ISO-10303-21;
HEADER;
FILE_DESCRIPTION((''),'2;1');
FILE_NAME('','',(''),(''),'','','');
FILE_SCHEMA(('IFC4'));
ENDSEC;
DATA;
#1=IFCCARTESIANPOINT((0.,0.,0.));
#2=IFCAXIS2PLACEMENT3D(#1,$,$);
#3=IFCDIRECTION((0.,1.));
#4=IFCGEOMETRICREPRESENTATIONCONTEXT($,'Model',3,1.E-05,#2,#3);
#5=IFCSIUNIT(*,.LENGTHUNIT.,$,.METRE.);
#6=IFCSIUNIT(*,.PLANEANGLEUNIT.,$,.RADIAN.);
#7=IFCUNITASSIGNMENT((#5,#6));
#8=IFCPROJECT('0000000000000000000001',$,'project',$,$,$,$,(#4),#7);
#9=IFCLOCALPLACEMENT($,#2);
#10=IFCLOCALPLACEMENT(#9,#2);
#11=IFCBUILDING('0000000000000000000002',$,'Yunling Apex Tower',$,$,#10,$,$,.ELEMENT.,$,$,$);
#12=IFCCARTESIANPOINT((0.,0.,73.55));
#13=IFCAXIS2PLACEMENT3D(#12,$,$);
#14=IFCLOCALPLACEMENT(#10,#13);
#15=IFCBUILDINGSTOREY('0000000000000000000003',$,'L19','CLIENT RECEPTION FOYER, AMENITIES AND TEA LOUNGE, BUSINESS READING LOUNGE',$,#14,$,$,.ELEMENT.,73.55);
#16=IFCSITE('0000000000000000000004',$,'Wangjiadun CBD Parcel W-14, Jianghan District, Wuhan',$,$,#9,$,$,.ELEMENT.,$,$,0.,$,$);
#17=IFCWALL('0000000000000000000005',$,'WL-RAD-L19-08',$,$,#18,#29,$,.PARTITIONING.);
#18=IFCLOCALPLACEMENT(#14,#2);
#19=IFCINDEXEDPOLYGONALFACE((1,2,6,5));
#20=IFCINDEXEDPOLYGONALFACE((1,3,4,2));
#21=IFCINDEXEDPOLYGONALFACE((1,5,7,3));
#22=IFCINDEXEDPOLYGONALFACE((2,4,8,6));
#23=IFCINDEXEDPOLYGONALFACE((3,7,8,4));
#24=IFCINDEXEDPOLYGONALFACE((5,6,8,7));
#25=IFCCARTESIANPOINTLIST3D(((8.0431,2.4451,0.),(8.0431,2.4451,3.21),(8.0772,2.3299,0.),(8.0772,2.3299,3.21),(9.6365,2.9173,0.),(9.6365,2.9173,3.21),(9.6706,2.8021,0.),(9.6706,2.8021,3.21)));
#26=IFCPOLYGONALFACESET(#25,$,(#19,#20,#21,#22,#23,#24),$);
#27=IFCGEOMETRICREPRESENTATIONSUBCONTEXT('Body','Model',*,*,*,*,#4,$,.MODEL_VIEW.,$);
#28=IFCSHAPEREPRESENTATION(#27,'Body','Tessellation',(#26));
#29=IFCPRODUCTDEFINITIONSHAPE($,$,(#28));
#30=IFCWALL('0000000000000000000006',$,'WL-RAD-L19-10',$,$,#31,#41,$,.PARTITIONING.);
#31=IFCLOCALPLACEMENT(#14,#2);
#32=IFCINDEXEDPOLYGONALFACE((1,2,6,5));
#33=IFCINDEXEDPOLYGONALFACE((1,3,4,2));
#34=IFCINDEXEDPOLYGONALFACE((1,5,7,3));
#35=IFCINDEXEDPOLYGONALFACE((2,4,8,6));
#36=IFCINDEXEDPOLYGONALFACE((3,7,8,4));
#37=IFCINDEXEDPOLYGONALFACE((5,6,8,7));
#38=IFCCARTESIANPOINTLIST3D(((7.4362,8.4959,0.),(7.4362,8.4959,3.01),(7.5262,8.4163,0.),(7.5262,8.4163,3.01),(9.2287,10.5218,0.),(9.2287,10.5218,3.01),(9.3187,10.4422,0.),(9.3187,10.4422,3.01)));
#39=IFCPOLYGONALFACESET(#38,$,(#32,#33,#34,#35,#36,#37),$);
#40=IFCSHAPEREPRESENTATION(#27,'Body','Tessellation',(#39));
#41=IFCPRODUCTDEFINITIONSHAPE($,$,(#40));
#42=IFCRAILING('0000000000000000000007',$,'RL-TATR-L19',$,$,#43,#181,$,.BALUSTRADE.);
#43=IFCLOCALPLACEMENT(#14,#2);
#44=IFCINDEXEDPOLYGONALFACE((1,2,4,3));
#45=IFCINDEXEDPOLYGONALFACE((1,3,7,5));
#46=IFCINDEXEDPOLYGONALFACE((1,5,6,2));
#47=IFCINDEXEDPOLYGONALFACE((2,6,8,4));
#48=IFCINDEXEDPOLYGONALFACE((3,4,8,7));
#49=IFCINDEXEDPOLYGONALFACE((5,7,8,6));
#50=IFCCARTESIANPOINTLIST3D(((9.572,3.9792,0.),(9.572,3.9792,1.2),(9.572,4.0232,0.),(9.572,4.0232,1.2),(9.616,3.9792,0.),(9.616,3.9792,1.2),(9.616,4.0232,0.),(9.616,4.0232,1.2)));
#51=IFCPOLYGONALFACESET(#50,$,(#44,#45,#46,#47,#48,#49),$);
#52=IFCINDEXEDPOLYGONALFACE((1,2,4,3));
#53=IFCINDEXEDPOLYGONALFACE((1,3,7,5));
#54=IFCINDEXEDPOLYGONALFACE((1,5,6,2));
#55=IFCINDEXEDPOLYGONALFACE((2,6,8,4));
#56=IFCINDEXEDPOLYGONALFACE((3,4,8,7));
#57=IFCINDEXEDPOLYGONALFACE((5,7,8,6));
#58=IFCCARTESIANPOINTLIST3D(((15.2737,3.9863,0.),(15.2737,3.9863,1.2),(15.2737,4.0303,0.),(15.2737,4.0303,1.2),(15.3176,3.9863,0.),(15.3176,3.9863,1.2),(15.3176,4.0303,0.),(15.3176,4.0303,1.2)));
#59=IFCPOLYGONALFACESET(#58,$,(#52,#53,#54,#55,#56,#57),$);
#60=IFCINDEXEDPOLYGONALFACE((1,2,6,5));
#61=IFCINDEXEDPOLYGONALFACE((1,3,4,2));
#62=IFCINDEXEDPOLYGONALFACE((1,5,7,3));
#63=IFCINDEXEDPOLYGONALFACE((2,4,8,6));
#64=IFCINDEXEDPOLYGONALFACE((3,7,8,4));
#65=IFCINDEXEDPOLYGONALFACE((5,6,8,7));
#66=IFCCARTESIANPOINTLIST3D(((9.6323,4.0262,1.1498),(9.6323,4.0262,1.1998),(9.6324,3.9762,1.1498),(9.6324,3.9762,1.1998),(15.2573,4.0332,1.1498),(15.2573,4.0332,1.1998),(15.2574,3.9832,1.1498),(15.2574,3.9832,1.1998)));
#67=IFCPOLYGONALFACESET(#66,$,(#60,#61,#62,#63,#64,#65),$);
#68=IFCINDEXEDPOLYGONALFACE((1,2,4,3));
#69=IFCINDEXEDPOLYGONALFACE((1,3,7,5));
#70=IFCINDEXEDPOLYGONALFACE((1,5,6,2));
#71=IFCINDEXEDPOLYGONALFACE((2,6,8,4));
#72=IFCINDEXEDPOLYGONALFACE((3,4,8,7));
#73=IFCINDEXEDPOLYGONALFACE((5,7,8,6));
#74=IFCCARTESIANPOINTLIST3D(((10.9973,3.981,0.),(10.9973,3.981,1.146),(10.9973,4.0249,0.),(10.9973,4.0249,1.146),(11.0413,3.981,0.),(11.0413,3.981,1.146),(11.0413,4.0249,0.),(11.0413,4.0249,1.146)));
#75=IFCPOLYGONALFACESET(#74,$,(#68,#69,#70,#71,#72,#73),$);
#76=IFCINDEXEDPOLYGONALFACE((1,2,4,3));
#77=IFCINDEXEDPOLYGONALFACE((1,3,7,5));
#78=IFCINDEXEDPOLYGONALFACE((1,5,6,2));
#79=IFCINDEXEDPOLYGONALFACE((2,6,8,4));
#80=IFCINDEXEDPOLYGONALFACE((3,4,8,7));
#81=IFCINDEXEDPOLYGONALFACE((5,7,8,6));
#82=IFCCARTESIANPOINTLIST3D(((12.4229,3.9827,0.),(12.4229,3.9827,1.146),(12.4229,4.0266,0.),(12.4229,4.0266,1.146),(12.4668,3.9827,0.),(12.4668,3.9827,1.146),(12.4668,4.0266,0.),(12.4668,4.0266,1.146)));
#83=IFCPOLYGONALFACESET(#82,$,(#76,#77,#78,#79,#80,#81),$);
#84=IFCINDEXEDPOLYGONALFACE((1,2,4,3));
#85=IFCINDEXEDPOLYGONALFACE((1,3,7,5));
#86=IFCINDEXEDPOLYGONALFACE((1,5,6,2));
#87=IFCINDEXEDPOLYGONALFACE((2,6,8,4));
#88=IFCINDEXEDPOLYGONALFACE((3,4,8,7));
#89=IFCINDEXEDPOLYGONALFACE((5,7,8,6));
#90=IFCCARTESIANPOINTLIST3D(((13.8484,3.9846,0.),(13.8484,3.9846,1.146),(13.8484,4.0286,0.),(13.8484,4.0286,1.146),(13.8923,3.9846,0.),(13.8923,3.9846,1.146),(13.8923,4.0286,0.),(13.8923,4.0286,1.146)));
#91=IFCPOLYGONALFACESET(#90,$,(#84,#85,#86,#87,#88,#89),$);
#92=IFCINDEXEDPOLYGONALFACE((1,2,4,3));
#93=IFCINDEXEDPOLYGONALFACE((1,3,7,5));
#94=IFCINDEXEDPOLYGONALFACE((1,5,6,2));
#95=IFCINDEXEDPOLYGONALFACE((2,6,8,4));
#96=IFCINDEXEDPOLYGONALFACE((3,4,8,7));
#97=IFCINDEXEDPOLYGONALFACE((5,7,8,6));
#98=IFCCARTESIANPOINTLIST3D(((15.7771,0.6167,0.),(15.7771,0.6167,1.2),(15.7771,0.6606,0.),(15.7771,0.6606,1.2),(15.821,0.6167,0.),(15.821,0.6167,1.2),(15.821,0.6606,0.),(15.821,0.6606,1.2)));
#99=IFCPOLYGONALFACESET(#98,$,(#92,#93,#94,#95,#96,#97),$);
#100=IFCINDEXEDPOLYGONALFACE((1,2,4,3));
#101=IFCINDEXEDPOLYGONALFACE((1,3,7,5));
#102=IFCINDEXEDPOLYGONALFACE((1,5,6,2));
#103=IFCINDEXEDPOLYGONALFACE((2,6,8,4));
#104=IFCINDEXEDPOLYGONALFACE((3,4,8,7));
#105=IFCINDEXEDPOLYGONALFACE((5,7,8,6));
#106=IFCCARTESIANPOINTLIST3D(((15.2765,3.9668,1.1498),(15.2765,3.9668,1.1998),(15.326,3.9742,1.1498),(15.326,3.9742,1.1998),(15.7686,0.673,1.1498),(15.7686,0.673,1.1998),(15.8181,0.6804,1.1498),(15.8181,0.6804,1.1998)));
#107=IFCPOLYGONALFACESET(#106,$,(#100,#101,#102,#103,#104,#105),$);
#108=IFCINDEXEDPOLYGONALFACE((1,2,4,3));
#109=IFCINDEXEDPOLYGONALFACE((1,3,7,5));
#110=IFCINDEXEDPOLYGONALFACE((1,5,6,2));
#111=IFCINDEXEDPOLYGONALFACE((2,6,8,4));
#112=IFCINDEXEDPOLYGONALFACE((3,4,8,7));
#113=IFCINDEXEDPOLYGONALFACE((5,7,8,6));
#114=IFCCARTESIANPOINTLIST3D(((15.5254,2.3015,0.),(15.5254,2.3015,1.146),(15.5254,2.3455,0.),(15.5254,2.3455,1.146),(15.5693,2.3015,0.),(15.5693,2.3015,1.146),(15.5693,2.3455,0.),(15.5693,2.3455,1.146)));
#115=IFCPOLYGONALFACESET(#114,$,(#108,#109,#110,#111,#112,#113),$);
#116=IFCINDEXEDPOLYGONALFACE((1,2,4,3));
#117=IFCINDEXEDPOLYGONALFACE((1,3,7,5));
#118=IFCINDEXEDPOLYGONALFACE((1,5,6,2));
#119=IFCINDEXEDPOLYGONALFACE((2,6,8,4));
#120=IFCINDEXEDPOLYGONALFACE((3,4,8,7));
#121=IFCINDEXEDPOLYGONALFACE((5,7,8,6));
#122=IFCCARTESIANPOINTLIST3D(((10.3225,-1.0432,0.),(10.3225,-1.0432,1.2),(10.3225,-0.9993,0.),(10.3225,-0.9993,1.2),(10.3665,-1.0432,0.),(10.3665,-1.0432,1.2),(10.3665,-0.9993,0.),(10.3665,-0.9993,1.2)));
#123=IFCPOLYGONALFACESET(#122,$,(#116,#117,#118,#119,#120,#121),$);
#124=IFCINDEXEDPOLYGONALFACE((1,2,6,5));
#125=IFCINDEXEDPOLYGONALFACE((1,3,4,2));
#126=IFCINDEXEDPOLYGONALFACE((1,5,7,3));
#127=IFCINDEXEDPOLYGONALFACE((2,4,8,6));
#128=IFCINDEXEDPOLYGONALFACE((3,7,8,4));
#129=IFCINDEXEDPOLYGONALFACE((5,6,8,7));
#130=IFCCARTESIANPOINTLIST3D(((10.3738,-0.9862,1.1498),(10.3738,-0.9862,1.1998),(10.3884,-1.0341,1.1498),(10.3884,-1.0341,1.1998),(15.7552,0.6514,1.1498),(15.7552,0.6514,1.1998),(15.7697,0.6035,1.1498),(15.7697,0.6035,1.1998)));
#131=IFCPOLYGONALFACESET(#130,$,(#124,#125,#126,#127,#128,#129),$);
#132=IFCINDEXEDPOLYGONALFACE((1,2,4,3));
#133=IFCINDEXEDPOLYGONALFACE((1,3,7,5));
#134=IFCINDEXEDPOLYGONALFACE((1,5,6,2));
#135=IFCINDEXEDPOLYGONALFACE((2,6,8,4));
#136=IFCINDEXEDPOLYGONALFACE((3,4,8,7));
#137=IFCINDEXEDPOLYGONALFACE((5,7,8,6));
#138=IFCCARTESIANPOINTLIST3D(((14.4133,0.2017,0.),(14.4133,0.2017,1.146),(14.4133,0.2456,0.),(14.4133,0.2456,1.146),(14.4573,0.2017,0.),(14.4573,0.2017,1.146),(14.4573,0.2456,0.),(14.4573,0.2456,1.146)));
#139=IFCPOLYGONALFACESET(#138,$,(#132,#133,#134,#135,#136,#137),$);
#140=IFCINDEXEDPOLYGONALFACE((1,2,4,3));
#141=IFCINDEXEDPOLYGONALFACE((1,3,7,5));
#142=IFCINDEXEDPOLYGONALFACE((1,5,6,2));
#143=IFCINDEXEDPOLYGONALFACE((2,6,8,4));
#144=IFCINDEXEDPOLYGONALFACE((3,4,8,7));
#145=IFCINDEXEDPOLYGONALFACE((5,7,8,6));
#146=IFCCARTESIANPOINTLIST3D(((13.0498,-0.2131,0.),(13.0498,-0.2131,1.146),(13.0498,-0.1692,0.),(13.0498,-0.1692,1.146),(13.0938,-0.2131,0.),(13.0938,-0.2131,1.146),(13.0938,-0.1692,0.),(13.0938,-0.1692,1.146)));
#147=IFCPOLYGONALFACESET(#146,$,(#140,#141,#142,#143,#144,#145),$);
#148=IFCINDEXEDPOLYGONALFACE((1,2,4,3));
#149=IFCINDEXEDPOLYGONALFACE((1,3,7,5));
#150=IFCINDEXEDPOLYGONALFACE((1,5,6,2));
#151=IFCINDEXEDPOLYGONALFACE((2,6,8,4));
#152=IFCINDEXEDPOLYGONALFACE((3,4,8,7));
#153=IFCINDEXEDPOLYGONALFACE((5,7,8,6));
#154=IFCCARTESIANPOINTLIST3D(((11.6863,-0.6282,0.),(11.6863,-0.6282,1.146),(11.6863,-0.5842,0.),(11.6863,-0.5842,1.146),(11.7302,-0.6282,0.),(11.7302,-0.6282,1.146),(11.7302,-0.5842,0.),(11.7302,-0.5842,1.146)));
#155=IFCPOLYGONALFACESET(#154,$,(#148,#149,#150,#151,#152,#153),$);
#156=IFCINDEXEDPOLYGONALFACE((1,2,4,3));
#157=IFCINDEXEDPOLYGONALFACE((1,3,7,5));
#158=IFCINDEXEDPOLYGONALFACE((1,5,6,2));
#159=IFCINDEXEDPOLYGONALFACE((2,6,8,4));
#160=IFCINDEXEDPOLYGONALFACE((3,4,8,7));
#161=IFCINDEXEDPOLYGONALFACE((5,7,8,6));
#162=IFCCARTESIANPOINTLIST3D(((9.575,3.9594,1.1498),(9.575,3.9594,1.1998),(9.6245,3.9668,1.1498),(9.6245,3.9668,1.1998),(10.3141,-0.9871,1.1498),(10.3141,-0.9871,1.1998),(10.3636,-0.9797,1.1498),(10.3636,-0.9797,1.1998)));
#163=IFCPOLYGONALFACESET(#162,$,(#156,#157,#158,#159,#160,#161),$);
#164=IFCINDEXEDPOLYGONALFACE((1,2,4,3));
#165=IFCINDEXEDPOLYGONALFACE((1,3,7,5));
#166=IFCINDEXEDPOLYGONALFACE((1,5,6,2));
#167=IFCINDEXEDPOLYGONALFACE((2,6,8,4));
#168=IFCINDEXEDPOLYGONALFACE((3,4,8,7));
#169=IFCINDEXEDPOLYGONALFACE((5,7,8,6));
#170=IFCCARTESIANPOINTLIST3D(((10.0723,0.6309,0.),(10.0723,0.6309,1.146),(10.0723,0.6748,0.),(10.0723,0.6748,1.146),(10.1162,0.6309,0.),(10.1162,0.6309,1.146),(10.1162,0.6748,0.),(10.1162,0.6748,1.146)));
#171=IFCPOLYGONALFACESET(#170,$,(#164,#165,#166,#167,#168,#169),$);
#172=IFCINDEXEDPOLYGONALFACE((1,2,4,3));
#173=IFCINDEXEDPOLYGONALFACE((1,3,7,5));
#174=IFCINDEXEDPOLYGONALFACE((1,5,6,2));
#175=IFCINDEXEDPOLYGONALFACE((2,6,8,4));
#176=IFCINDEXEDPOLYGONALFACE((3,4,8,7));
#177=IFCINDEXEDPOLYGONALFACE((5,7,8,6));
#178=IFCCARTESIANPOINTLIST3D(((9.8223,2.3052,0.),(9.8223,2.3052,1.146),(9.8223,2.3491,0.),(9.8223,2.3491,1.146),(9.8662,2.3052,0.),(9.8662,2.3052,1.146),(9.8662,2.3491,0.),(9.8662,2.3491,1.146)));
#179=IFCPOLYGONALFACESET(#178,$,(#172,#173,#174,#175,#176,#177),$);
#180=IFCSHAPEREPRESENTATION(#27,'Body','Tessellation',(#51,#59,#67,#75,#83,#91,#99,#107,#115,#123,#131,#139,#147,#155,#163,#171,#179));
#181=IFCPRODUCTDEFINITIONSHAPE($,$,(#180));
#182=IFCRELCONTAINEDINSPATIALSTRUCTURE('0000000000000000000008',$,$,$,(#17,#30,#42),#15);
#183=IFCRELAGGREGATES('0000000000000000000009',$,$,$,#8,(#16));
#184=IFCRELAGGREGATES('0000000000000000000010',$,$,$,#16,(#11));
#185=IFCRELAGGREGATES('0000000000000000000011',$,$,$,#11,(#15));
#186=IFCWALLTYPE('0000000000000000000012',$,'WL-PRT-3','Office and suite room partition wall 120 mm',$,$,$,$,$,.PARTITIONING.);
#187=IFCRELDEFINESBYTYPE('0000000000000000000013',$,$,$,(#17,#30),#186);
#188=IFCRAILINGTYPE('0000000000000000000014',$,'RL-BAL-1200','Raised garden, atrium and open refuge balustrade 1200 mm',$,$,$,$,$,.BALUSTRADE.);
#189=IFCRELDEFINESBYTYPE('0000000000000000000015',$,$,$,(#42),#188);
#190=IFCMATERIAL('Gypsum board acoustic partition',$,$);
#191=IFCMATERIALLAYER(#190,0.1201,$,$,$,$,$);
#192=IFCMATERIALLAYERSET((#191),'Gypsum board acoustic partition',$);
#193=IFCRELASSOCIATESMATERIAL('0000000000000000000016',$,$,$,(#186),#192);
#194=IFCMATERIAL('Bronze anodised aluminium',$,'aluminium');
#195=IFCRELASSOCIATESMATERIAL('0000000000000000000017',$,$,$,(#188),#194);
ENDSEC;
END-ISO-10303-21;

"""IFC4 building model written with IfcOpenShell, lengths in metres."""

from ifc_helpers import new_model, si_unit, direction, frame, frame_2d, origin, origin_2d, place, context, subcontext, project, spatial, rectangle, extrude, material, layer, layer_set, type_object, element, save


model = new_model("IFC4")

# Units and contexts
model_context = context("Model", 3, precision=1e-05, world=origin(), true_north=direction((0.0, 1.0)))
body_context = subcontext(model_context, "Body", "Model", "MODEL_VIEW")
ifc_project = project(units=[si_unit("LENGTHUNIT", "METRE"), si_unit("PLANEANGLEUNIT", "RADIAN")], contexts=[model_context])

# Site, building, storey
site_placement = place(None, origin())
site = spatial("IfcSite", under=ifc_project, at=site_placement, Name="Wangjiadun CBD Parcel W-14, Jianghan District, Wuhan", CompositionType="ELEMENT", RefElevation=0.0)
building_placement = place(site_placement, origin())
building = spatial("IfcBuilding", under=site, at=building_placement, Name="Yunling Apex Tower", CompositionType="ELEMENT")
storey_placement = place(building_placement, frame((0.0, 0.0, 73.55)))
storey = spatial("IfcBuildingStorey", under=building, at=storey_placement, Name="L19", Description="CLIENT RECEPTION FOYER, AMENITIES AND TEA LOUNGE, BUSINESS READING LOUNGE", CompositionType="ELEMENT", Elevation=73.55)

# Shared definitions
ifc_material_1 = material(Name="Bronze anodised aluminium", Category="aluminium")

# Shared definitions
ifc_material_2 = material(Name="Gypsum board acoustic partition")

# Walls
ifc_layer_1 = layer(ifc_material_2, 0.1201)
ifc_layer_set_1 = layer_set([ifc_layer_1], Name="Gypsum board acoustic partition")
wall_type_1 = type_object("IfcWallType", Name="WL-PRT-3", Description="Office and suite room partition wall 120 mm", PredefinedType="PARTITIONING", material=ifc_layer_set_1)
wall_1_placement = place(storey_placement, frame((8.0601, 2.3875, 0.0), z_axis=(0.0, 0.0, 1.0), x_axis=(0.958783, 0.284138, 0.0)))
element("IfcWall", 1, at=wall_1_placement, inside=storey, type_object=wall_type_1, Name="WL-RAD-L19-08", PredefinedType="PARTITIONING", context=body_context, shape_type="SweptSolid", body=[
    extrude(rectangle(XDim=1.6619, YDim=0.1201, at=frame_2d((0.8311, 0.0))), origin(), (0.0, 0.0, 1.0), 3.21),
])
wall_2_placement = place(storey_placement, frame((7.4812, 8.4561, 0.0), z_axis=(0.0, 0.0, 1.0), x_axis=(0.662648, 0.748931, 0.0)))
element("IfcWall", 2, at=wall_2_placement, inside=storey, type_object=wall_type_1, Name="WL-RAD-L19-10", PredefinedType="PARTITIONING", context=body_context, shape_type="SweptSolid", body=[
    extrude(rectangle(XDim=2.7051, YDim=0.1201, at=frame_2d((1.3525, 0.0))), origin(), (0.0, 0.0, 1.0), 3.01),
])

# Railing
railing_type = type_object("IfcRailingType", Name="RL-BAL-1200", Description="Raised garden, atrium and open refuge balustrade 1200 mm", PredefinedType="BALUSTRADE", material=ifc_material_1)
railing_placement = place(storey_placement, frame((9.594, 4.0012, 0.0)))
element("IfcRailing", 3, at=railing_placement, inside=storey, type_object=railing_type, Name="RL-TATR-L19", PredefinedType="BALUSTRADE", context=body_context, shape_type="SweptSolid", body=[
    extrude(rectangle(XDim=0.0439, YDim=0.0439, at=origin_2d()), origin(), (0.0, 0.0, 1.0), 1.2),
    extrude(rectangle(XDim=0.0439, YDim=0.0439, at=origin_2d()), frame((5.7017, 0.0071, 0.0)), (0.0, 0.0, 1.0), 1.2),
    extrude(rectangle(XDim=0.05, YDim=0.05, at=origin_2d()), frame((0.0383, 0.0, 1.1748), z_axis=(0.999999, 0.001242, 0.0), x_axis=(-0.001242, 0.999999, 0.0)), (0.0, 0.0, 1.0), 5.625),
    extrude(rectangle(XDim=0.0439, YDim=0.0439, at=origin_2d()), frame((1.4253, 0.0017, 0.0)), (0.0, 0.0, 1.0), 1.146),
    extrude(rectangle(XDim=0.0439, YDim=0.0439, at=origin_2d()), frame((2.8508, 0.0034, 0.0)), (0.0, 0.0, 1.0), 1.146),
    extrude(rectangle(XDim=0.0439, YDim=0.0439, at=origin_2d()), frame((4.2764, 0.0054, 0.0)), (0.0, 0.0, 1.0), 1.146),
    extrude(rectangle(XDim=0.0439, YDim=0.0439, at=origin_2d()), frame((6.2051, -3.3625, 0.0)), (0.0, 0.0, 1.0), 1.2),
    extrude(rectangle(XDim=0.05, YDim=0.05, at=origin_2d()), frame((5.7073, -0.0308, 1.1748), z_axis=(0.147759, -0.989023, 0.0), x_axis=(0.989023, 0.147759, 0.0)), (0.0, 0.0, 1.0), 3.3303),
    extrude(rectangle(XDim=0.0439, YDim=0.0439, at=origin_2d()), frame((5.9534, -1.6777, 0.0)), (0.0, 0.0, 1.0), 1.146),
    extrude(rectangle(XDim=0.0439, YDim=0.0439, at=origin_2d()), frame((0.7505, -5.0225, 0.0)), (0.0, 0.0, 1.0), 1.2),
    extrude(rectangle(XDim=0.05, YDim=0.05, at=origin_2d()), frame((6.1685, -3.3738, 1.1748), z_axis=(-0.956683, -0.291133, 0.0), x_axis=(0.291133, -0.956683, 0.0)), (0.0, 0.0, 1.0), 5.625),
    extrude(rectangle(XDim=0.0439, YDim=0.0439, at=origin_2d()), frame((4.8413, -3.7776, 0.0)), (0.0, 0.0, 1.0), 1.146),
    extrude(rectangle(XDim=0.0439, YDim=0.0439, at=origin_2d()), frame((3.4778, -4.1924, 0.0)), (0.0, 0.0, 1.0), 1.146),
    extrude(rectangle(XDim=0.0439, YDim=0.0439, at=origin_2d()), frame((2.1143, -4.6074, 0.0)), (0.0, 0.0, 1.0), 1.146),
    extrude(rectangle(XDim=0.05, YDim=0.05, at=origin_2d()), frame((0.7449, -4.9846, 1.1748), z_axis=(-0.147786, 0.989019, 0.0), x_axis=(-0.989019, -0.147786, 0.0)), (0.0, 0.0, 1.0), 5.0015),
    extrude(rectangle(XDim=0.0439, YDim=0.0439, at=origin_2d()), frame((0.5002, -3.3484, 0.0)), (0.0, 0.0, 1.0), 1.146),
    extrude(rectangle(XDim=0.0439, YDim=0.0439, at=origin_2d()), frame((0.2502, -1.6741, 0.0)), (0.0, 0.0, 1.0), 1.146),
])

save(model, "model.ifc")
